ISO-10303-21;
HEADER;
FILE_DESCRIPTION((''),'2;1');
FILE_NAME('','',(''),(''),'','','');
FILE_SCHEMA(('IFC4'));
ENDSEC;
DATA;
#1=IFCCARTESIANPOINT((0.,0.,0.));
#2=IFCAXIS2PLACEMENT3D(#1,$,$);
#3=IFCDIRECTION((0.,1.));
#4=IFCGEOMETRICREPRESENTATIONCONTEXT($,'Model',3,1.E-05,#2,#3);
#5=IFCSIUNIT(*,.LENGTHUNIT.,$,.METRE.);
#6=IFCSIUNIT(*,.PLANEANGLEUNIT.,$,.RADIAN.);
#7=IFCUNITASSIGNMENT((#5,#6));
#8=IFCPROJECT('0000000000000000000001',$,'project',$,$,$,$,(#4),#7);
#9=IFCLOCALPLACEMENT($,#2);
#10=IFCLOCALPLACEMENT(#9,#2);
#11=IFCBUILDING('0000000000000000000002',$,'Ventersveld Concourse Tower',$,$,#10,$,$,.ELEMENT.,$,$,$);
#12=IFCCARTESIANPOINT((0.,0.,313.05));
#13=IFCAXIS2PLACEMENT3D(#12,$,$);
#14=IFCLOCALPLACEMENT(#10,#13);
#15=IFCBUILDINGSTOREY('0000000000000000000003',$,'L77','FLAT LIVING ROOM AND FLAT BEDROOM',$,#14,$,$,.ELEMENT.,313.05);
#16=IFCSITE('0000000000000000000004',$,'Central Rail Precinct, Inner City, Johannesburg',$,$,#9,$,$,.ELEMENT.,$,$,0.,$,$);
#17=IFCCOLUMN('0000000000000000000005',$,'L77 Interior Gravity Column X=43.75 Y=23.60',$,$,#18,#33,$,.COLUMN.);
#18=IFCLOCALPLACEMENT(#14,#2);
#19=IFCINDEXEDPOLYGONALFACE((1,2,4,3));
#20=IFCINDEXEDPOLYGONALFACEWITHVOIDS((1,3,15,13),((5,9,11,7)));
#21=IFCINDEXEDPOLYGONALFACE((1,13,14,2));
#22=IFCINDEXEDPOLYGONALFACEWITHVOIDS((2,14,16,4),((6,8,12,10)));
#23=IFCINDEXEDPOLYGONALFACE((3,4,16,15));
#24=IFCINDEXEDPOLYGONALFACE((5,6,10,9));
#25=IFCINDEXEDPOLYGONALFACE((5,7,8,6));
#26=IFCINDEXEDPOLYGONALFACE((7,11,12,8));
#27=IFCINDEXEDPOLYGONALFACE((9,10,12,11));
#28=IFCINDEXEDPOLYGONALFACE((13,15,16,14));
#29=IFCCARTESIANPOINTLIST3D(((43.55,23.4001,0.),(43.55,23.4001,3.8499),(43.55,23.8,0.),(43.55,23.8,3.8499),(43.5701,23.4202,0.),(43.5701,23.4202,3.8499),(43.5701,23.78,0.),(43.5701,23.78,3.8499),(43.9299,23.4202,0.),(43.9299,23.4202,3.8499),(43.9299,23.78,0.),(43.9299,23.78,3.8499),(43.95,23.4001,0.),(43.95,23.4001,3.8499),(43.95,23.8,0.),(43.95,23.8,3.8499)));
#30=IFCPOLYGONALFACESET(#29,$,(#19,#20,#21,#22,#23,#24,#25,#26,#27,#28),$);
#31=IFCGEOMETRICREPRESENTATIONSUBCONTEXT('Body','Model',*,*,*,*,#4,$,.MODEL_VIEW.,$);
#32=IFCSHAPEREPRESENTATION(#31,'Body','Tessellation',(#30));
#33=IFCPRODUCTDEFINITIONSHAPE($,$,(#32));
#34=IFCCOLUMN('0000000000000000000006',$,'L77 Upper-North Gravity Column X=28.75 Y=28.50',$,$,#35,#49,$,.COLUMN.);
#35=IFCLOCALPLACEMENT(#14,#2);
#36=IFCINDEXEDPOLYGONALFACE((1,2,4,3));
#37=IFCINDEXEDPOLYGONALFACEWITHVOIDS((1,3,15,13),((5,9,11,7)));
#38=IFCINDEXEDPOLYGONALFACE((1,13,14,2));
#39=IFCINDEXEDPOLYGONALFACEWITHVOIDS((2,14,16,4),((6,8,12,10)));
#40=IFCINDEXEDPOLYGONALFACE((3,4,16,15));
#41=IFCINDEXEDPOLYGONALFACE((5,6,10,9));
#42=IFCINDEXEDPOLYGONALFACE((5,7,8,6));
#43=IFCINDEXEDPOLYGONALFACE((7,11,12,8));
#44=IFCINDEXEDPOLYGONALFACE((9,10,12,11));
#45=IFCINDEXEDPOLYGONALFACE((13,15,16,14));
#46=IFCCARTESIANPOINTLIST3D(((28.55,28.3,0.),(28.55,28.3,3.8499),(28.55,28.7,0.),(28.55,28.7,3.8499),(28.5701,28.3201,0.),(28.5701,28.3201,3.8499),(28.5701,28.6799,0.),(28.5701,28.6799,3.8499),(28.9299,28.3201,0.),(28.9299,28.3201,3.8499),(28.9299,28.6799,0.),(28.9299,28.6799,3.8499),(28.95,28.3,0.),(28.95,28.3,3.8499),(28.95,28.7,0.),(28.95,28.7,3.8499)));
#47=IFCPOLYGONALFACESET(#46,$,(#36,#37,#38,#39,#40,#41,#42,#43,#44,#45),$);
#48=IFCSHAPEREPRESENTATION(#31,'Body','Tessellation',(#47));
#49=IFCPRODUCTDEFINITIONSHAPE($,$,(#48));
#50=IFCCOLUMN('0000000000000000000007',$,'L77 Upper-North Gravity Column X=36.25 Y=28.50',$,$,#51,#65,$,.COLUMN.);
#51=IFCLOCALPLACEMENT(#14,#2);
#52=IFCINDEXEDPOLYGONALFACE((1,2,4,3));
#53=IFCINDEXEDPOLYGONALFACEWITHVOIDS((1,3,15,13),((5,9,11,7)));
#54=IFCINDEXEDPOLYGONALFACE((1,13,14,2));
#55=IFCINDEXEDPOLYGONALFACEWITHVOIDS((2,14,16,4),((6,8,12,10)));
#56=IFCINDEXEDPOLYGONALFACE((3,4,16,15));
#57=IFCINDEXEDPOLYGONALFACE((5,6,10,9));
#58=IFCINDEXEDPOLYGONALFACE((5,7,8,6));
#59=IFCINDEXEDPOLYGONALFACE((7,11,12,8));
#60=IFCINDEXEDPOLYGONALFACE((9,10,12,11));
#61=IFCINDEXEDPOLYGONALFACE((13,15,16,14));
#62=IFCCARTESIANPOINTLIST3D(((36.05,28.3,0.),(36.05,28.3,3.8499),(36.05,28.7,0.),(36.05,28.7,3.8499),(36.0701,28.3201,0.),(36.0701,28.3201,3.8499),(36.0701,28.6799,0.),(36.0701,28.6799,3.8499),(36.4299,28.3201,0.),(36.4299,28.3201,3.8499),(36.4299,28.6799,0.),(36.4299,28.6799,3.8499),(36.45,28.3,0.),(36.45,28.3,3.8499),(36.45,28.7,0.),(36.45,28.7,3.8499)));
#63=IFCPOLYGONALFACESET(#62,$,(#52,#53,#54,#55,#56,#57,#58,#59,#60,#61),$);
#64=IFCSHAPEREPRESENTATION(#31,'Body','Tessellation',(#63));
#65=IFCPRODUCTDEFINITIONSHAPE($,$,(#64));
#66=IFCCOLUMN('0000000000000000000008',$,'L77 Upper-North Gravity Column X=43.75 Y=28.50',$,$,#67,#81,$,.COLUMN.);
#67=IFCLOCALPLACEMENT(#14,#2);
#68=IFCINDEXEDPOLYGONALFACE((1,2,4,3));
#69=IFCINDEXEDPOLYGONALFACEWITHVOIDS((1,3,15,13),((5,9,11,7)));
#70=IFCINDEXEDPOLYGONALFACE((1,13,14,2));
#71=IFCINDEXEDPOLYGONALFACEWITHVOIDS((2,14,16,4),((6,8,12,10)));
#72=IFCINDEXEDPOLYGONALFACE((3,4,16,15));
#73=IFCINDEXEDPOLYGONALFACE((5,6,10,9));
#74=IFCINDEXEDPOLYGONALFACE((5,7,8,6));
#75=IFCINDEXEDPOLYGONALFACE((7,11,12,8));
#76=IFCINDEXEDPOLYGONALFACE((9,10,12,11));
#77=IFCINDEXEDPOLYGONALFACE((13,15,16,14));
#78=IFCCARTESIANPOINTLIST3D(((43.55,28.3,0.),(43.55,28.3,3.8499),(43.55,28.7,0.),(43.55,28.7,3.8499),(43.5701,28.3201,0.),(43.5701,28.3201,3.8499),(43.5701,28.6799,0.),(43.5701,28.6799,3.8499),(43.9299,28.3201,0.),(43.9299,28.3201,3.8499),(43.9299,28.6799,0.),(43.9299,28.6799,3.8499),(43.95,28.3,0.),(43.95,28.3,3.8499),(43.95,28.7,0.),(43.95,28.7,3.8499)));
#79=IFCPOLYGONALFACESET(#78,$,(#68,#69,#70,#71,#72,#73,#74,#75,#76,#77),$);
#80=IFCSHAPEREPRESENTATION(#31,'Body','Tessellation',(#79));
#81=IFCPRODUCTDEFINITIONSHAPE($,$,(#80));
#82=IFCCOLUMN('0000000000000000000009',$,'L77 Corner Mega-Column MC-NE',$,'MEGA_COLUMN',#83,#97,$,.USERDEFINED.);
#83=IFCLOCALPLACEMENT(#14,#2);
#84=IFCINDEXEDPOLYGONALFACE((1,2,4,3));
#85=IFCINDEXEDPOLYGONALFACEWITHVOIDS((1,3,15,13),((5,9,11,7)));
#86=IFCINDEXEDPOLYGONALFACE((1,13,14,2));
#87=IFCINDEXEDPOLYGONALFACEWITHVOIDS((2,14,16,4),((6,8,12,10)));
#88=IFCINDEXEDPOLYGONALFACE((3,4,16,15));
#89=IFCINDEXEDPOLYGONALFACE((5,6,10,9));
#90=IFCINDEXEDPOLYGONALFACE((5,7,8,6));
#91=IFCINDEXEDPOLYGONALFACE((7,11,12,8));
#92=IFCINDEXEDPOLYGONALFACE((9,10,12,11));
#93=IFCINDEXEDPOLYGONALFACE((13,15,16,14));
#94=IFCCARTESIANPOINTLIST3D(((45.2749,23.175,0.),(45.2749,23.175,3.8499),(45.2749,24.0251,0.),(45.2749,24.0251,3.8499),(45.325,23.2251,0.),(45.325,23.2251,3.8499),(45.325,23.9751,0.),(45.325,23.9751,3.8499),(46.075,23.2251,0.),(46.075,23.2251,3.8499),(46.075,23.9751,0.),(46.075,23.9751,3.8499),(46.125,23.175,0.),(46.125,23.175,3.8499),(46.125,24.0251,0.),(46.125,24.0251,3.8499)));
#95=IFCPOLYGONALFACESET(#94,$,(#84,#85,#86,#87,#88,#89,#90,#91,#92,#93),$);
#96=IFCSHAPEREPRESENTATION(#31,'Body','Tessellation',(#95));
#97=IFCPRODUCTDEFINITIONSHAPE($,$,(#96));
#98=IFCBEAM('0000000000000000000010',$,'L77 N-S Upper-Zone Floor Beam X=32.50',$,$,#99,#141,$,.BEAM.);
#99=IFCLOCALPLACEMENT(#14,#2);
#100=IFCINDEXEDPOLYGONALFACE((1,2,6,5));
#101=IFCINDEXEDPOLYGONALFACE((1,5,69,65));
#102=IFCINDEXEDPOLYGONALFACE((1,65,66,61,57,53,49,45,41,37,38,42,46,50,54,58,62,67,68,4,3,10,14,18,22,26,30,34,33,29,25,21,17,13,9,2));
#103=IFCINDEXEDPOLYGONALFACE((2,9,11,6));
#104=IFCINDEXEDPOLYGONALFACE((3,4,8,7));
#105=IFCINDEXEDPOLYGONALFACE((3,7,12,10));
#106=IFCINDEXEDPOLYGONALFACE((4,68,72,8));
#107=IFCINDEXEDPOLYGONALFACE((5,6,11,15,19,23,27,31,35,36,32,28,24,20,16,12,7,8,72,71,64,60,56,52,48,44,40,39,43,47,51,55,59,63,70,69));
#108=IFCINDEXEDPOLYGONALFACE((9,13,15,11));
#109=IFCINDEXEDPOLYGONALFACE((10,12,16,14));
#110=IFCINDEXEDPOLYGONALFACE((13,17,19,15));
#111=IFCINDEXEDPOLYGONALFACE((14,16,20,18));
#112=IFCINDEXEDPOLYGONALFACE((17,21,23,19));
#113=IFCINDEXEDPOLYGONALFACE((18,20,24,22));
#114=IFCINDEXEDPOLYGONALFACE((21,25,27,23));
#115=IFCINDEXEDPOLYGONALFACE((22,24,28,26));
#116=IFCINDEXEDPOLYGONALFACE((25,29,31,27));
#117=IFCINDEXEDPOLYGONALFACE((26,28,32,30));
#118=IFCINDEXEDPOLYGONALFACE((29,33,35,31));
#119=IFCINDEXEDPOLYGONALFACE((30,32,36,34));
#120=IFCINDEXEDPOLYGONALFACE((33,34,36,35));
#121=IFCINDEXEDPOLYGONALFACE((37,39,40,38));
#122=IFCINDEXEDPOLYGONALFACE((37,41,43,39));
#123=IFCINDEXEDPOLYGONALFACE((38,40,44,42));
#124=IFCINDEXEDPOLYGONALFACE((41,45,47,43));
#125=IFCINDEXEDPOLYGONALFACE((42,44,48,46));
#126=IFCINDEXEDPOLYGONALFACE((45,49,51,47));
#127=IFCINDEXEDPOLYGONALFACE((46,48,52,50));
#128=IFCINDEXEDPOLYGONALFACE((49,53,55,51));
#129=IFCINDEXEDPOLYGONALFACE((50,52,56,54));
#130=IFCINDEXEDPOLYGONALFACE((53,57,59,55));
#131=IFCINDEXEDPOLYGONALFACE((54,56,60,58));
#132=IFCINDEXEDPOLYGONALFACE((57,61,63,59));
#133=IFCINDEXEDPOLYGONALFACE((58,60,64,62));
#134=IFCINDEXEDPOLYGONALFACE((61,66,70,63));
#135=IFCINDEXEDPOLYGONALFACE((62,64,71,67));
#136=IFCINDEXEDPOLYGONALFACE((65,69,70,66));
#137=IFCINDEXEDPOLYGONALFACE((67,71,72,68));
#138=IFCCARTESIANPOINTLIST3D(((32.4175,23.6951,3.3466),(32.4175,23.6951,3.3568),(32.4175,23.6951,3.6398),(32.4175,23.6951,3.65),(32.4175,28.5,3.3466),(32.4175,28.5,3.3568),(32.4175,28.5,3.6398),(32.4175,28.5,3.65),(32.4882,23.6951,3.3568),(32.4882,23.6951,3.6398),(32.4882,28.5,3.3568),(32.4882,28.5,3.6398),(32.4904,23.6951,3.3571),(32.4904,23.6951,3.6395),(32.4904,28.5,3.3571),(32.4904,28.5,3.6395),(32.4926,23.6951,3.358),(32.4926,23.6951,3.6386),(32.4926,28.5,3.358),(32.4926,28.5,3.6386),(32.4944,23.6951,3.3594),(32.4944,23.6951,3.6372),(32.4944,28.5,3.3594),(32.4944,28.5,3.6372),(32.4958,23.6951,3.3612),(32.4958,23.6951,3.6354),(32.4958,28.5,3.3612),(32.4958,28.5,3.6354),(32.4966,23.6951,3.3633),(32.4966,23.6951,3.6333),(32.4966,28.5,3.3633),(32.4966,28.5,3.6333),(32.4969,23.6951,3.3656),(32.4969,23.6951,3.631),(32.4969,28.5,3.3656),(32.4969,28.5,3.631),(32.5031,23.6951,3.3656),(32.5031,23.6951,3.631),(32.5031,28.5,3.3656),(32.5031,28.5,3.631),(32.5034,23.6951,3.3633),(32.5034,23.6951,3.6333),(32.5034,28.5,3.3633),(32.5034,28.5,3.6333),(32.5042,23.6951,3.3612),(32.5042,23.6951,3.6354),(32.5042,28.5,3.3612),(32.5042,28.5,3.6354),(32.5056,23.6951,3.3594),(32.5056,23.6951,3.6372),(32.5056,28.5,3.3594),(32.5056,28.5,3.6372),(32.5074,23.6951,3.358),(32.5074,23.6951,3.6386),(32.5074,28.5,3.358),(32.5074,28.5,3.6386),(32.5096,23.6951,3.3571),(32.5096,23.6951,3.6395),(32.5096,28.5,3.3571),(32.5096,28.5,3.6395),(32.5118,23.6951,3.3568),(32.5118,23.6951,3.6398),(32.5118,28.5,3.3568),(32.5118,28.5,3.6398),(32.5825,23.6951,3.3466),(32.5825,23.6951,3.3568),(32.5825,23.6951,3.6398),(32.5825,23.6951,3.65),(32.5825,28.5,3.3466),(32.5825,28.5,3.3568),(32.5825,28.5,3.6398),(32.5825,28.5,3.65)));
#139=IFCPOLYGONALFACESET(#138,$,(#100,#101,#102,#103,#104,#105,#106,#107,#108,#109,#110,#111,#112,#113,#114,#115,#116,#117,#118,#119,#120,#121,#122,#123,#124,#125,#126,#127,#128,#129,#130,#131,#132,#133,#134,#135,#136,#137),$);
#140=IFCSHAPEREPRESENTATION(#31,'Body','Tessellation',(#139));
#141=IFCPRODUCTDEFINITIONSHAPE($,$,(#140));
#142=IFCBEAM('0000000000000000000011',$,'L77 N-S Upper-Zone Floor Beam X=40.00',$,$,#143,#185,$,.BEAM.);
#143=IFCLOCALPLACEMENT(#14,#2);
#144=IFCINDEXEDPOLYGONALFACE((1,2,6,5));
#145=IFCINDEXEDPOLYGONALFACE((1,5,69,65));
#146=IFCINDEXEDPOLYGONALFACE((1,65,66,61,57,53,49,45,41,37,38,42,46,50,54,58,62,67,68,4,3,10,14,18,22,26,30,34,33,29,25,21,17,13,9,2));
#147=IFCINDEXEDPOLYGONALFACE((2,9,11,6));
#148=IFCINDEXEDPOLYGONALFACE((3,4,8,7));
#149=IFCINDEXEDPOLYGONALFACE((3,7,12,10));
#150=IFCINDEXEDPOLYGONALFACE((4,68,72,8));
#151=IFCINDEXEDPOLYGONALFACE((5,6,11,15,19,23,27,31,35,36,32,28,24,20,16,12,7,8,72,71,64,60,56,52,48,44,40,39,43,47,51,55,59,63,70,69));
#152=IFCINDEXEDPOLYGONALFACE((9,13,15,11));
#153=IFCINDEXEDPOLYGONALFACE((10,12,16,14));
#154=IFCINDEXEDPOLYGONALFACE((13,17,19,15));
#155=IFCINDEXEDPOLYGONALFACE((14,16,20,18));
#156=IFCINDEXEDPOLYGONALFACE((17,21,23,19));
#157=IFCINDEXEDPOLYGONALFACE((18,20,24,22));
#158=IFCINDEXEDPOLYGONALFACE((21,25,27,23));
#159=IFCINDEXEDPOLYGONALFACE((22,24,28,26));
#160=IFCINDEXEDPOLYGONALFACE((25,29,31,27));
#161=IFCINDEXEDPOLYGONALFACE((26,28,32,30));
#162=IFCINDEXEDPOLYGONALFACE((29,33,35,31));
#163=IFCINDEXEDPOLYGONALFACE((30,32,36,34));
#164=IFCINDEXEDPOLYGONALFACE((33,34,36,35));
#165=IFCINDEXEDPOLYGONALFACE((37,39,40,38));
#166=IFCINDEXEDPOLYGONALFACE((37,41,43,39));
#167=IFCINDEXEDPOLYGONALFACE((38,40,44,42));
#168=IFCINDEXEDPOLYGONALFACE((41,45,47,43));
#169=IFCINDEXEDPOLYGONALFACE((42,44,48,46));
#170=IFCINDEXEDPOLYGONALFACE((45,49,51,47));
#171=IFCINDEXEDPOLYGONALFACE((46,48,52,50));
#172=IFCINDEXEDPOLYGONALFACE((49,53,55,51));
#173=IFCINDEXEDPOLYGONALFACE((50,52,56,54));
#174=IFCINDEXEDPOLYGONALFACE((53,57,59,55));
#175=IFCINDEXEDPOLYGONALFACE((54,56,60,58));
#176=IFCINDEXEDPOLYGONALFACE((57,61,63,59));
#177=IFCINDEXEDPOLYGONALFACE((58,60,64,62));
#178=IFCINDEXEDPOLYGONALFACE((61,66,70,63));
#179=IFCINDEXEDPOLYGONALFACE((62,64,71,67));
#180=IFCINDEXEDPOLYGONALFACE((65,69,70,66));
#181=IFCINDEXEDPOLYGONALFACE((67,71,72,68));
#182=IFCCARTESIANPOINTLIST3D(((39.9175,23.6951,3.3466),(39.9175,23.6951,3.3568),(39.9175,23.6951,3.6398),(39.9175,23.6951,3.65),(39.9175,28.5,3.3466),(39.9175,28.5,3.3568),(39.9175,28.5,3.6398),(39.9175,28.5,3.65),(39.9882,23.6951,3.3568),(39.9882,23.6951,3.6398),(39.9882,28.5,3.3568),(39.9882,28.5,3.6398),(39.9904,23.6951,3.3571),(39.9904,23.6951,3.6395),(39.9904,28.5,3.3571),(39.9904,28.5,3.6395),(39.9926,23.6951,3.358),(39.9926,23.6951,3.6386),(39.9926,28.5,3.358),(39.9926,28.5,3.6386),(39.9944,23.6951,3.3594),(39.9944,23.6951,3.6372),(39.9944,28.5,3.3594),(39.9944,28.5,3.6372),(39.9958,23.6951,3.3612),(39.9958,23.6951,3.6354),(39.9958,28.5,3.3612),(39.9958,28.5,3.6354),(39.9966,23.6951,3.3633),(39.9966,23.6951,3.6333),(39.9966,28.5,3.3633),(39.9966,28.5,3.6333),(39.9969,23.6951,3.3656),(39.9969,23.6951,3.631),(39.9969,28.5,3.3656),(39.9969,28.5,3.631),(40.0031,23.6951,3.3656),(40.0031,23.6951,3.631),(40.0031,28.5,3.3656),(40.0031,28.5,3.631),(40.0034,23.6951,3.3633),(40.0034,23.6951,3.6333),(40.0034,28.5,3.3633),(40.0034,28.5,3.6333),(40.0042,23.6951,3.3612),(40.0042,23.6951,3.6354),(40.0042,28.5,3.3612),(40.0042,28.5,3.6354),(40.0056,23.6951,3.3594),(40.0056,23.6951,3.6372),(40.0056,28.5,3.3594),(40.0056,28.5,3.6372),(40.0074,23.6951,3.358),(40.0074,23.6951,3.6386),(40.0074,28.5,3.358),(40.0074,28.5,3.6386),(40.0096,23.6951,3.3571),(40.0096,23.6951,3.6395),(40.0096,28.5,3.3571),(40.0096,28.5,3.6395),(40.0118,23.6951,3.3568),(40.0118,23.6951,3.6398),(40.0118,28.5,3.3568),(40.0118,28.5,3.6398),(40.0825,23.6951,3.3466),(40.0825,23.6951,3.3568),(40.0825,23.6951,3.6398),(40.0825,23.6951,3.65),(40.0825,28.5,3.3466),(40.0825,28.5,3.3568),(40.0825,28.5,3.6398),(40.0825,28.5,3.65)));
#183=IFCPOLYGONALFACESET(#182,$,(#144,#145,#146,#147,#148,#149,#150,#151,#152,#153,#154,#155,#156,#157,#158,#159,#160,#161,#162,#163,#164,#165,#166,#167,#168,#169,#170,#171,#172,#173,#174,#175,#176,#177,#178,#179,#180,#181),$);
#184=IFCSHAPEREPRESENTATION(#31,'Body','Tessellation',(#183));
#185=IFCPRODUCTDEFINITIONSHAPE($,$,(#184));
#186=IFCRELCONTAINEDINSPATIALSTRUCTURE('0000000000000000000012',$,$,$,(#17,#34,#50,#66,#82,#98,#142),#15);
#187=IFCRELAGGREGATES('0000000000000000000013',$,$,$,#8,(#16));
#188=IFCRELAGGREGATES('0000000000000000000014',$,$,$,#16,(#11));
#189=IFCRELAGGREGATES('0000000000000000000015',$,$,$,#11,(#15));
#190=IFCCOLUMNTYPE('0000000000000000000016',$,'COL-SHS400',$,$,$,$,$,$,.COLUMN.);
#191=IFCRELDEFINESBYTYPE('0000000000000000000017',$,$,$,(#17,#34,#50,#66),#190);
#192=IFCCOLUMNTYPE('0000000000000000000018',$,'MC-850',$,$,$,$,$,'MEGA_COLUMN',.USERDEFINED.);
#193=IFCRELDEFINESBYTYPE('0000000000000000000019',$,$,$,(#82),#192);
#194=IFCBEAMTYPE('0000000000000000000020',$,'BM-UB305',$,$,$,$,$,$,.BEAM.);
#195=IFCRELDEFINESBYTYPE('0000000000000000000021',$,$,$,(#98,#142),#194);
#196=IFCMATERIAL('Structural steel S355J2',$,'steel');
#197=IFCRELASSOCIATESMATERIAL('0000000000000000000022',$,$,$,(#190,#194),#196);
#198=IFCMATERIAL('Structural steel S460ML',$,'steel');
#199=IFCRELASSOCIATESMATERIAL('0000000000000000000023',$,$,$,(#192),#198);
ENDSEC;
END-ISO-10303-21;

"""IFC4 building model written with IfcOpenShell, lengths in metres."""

from ifc_helpers import new_model, si_unit, direction, frame, origin, origin_2d, place, context, subcontext, project, spatial, hollow_rectangle, i_section, extrude, material, material_profile, profile_set, type_object, element, save


model = new_model("IFC4")

# Units and contexts
model_context = context("Model", 3, precision=1e-05, world=origin(), true_north=direction((0.0, 1.0)))
body_context = subcontext(model_context, "Body", "Model", "MODEL_VIEW")
ifc_project = project(units=[si_unit("LENGTHUNIT", "METRE"), si_unit("PLANEANGLEUNIT", "RADIAN")], contexts=[model_context])

# Site, building, storey
site_placement = place(None, origin())
site = spatial("IfcSite", under=ifc_project, at=site_placement, Name="Central Rail Precinct, Inner City, Johannesburg", CompositionType="ELEMENT", RefElevation=0.0)
building_placement = place(site_placement, origin())
building = spatial("IfcBuilding", under=site, at=building_placement, Name="Ventersveld Concourse Tower", CompositionType="ELEMENT")
storey_placement = place(building_placement, frame((0.0, 0.0, 313.05)))
storey = spatial("IfcBuildingStorey", under=building, at=storey_placement, Name="L77", Description="FLAT LIVING ROOM AND FLAT BEDROOM", CompositionType="ELEMENT", Elevation=313.05)

# Columns
ifc_material_1 = material(Name="Structural steel S355J2", Category="steel")
ifc_material_profile_1 = material_profile(ifc_material_1, hollow_rectangle(XDim=0.3999, YDim=0.3999, WallThickness=0.02, at=origin_2d()), Name="SHS 400x400x20")
ifc_profile_set_1 = profile_set([ifc_material_profile_1], Name="Structural steel S355J2")
column_type_1 = type_object("IfcColumnType", Name="COL-SHS400", PredefinedType="COLUMN", material=ifc_profile_set_1)
for number, where, z_axis, x_axis, name in (
    (1, (43.75, 23.6001, 0.0), (0.0, 0.0, 1.0), (1.0, 0.0, 0.0), "L77 Interior Gravity Column X=43.75 Y=23.60"),
    (2, (28.75, 28.5, 0.0), (0.0, 0.0, 1.0), (1.0, 0.0, 0.0), "L77 Upper-North Gravity Column X=28.75 Y=28.50"),
    (3, (36.25, 28.5, 0.0), (0.0, 0.0, 1.0), (1.0, 0.0, 0.0), "L77 Upper-North Gravity Column X=36.25 Y=28.50"),
    (4, (43.75, 28.5, 0.0), (0.0, 0.0, 1.0), (1.0, 0.0, 0.0), "L77 Upper-North Gravity Column X=43.75 Y=28.50"),
):
    element("IfcColumn", number, at=place(storey_placement, frame(where, z_axis=z_axis, x_axis=x_axis)), inside=storey, type_object=column_type_1, Name=name, PredefinedType="COLUMN", context=body_context, shape_type="SweptSolid", body=[
        extrude(hollow_rectangle(XDim=0.3999, YDim=0.3999, WallThickness=0.02, at=origin_2d()), origin(), (0.0, 0.0, 1.0), 3.8499),
    ])
ifc_material_2 = material(Name="Structural steel S460ML", Category="steel")
ifc_material_profile_2 = material_profile(ifc_material_2, hollow_rectangle(XDim=0.8501, YDim=0.8501, WallThickness=0.05, at=origin_2d()), Name="BOX 850x850x50")
ifc_profile_set_2 = profile_set([ifc_material_profile_2], Name="Structural steel S460ML")
column_type_2 = type_object("IfcColumnType", Name="MC-850", ElementType="MEGA_COLUMN", PredefinedType="USERDEFINED", material=ifc_profile_set_2)
column_placement = place(storey_placement, frame((45.7, 23.6001, 0.0), z_axis=(0.0, 0.0, 1.0), x_axis=(1.0, 0.0, 0.0)))
element("IfcColumn", 5, at=column_placement, inside=storey, type_object=column_type_2, Name="L77 Corner Mega-Column MC-NE", ObjectType="MEGA_COLUMN", PredefinedType="USERDEFINED", context=body_context, shape_type="SweptSolid", body=[
    extrude(hollow_rectangle(XDim=0.8501, YDim=0.8501, WallThickness=0.05, at=origin_2d()), origin(), (0.0, 0.0, 1.0), 3.8499),
])

# Beams
ifc_material_profile_3 = material_profile(ifc_material_1, i_section(OverallWidth=0.165, OverallDepth=0.3035, WebThickness=0.0061, FlangeThickness=0.0103, FilletRadius=0.0088, at=origin_2d()), Name="UB 305x165x40")
ifc_profile_set_3 = profile_set([ifc_material_profile_3], Name="Structural steel S355J2")
beam_type_1 = type_object("IfcBeamType", Name="BM-UB305", PredefinedType="BEAM", material=ifc_profile_set_3)
for number, where, z_axis, x_axis, name in (
    (6, (32.5, 23.6951, 3.4983), (0.0, 1.0, 0.0), (-1.0, 0.0, 0.0), "L77 N-S Upper-Zone Floor Beam X=32.50"),
    (7, (40.0, 23.6951, 3.4983), (0.0, 1.0, 0.0), (-1.0, 0.0, 0.0), "L77 N-S Upper-Zone Floor Beam X=40.00"),
):
    element("IfcBeam", number, at=place(storey_placement, frame(where, z_axis=z_axis, x_axis=x_axis)), inside=storey, type_object=beam_type_1, Name=name, PredefinedType="BEAM", context=body_context, shape_type="SweptSolid", body=[
        extrude(i_section(OverallWidth=0.165, OverallDepth=0.3035, WebThickness=0.0061, FlangeThickness=0.0103, FilletRadius=0.0088, at=origin_2d()), origin(), (0.0, 0.0, 1.0), 4.8049),
    ])

save(model, "model.ifc")
